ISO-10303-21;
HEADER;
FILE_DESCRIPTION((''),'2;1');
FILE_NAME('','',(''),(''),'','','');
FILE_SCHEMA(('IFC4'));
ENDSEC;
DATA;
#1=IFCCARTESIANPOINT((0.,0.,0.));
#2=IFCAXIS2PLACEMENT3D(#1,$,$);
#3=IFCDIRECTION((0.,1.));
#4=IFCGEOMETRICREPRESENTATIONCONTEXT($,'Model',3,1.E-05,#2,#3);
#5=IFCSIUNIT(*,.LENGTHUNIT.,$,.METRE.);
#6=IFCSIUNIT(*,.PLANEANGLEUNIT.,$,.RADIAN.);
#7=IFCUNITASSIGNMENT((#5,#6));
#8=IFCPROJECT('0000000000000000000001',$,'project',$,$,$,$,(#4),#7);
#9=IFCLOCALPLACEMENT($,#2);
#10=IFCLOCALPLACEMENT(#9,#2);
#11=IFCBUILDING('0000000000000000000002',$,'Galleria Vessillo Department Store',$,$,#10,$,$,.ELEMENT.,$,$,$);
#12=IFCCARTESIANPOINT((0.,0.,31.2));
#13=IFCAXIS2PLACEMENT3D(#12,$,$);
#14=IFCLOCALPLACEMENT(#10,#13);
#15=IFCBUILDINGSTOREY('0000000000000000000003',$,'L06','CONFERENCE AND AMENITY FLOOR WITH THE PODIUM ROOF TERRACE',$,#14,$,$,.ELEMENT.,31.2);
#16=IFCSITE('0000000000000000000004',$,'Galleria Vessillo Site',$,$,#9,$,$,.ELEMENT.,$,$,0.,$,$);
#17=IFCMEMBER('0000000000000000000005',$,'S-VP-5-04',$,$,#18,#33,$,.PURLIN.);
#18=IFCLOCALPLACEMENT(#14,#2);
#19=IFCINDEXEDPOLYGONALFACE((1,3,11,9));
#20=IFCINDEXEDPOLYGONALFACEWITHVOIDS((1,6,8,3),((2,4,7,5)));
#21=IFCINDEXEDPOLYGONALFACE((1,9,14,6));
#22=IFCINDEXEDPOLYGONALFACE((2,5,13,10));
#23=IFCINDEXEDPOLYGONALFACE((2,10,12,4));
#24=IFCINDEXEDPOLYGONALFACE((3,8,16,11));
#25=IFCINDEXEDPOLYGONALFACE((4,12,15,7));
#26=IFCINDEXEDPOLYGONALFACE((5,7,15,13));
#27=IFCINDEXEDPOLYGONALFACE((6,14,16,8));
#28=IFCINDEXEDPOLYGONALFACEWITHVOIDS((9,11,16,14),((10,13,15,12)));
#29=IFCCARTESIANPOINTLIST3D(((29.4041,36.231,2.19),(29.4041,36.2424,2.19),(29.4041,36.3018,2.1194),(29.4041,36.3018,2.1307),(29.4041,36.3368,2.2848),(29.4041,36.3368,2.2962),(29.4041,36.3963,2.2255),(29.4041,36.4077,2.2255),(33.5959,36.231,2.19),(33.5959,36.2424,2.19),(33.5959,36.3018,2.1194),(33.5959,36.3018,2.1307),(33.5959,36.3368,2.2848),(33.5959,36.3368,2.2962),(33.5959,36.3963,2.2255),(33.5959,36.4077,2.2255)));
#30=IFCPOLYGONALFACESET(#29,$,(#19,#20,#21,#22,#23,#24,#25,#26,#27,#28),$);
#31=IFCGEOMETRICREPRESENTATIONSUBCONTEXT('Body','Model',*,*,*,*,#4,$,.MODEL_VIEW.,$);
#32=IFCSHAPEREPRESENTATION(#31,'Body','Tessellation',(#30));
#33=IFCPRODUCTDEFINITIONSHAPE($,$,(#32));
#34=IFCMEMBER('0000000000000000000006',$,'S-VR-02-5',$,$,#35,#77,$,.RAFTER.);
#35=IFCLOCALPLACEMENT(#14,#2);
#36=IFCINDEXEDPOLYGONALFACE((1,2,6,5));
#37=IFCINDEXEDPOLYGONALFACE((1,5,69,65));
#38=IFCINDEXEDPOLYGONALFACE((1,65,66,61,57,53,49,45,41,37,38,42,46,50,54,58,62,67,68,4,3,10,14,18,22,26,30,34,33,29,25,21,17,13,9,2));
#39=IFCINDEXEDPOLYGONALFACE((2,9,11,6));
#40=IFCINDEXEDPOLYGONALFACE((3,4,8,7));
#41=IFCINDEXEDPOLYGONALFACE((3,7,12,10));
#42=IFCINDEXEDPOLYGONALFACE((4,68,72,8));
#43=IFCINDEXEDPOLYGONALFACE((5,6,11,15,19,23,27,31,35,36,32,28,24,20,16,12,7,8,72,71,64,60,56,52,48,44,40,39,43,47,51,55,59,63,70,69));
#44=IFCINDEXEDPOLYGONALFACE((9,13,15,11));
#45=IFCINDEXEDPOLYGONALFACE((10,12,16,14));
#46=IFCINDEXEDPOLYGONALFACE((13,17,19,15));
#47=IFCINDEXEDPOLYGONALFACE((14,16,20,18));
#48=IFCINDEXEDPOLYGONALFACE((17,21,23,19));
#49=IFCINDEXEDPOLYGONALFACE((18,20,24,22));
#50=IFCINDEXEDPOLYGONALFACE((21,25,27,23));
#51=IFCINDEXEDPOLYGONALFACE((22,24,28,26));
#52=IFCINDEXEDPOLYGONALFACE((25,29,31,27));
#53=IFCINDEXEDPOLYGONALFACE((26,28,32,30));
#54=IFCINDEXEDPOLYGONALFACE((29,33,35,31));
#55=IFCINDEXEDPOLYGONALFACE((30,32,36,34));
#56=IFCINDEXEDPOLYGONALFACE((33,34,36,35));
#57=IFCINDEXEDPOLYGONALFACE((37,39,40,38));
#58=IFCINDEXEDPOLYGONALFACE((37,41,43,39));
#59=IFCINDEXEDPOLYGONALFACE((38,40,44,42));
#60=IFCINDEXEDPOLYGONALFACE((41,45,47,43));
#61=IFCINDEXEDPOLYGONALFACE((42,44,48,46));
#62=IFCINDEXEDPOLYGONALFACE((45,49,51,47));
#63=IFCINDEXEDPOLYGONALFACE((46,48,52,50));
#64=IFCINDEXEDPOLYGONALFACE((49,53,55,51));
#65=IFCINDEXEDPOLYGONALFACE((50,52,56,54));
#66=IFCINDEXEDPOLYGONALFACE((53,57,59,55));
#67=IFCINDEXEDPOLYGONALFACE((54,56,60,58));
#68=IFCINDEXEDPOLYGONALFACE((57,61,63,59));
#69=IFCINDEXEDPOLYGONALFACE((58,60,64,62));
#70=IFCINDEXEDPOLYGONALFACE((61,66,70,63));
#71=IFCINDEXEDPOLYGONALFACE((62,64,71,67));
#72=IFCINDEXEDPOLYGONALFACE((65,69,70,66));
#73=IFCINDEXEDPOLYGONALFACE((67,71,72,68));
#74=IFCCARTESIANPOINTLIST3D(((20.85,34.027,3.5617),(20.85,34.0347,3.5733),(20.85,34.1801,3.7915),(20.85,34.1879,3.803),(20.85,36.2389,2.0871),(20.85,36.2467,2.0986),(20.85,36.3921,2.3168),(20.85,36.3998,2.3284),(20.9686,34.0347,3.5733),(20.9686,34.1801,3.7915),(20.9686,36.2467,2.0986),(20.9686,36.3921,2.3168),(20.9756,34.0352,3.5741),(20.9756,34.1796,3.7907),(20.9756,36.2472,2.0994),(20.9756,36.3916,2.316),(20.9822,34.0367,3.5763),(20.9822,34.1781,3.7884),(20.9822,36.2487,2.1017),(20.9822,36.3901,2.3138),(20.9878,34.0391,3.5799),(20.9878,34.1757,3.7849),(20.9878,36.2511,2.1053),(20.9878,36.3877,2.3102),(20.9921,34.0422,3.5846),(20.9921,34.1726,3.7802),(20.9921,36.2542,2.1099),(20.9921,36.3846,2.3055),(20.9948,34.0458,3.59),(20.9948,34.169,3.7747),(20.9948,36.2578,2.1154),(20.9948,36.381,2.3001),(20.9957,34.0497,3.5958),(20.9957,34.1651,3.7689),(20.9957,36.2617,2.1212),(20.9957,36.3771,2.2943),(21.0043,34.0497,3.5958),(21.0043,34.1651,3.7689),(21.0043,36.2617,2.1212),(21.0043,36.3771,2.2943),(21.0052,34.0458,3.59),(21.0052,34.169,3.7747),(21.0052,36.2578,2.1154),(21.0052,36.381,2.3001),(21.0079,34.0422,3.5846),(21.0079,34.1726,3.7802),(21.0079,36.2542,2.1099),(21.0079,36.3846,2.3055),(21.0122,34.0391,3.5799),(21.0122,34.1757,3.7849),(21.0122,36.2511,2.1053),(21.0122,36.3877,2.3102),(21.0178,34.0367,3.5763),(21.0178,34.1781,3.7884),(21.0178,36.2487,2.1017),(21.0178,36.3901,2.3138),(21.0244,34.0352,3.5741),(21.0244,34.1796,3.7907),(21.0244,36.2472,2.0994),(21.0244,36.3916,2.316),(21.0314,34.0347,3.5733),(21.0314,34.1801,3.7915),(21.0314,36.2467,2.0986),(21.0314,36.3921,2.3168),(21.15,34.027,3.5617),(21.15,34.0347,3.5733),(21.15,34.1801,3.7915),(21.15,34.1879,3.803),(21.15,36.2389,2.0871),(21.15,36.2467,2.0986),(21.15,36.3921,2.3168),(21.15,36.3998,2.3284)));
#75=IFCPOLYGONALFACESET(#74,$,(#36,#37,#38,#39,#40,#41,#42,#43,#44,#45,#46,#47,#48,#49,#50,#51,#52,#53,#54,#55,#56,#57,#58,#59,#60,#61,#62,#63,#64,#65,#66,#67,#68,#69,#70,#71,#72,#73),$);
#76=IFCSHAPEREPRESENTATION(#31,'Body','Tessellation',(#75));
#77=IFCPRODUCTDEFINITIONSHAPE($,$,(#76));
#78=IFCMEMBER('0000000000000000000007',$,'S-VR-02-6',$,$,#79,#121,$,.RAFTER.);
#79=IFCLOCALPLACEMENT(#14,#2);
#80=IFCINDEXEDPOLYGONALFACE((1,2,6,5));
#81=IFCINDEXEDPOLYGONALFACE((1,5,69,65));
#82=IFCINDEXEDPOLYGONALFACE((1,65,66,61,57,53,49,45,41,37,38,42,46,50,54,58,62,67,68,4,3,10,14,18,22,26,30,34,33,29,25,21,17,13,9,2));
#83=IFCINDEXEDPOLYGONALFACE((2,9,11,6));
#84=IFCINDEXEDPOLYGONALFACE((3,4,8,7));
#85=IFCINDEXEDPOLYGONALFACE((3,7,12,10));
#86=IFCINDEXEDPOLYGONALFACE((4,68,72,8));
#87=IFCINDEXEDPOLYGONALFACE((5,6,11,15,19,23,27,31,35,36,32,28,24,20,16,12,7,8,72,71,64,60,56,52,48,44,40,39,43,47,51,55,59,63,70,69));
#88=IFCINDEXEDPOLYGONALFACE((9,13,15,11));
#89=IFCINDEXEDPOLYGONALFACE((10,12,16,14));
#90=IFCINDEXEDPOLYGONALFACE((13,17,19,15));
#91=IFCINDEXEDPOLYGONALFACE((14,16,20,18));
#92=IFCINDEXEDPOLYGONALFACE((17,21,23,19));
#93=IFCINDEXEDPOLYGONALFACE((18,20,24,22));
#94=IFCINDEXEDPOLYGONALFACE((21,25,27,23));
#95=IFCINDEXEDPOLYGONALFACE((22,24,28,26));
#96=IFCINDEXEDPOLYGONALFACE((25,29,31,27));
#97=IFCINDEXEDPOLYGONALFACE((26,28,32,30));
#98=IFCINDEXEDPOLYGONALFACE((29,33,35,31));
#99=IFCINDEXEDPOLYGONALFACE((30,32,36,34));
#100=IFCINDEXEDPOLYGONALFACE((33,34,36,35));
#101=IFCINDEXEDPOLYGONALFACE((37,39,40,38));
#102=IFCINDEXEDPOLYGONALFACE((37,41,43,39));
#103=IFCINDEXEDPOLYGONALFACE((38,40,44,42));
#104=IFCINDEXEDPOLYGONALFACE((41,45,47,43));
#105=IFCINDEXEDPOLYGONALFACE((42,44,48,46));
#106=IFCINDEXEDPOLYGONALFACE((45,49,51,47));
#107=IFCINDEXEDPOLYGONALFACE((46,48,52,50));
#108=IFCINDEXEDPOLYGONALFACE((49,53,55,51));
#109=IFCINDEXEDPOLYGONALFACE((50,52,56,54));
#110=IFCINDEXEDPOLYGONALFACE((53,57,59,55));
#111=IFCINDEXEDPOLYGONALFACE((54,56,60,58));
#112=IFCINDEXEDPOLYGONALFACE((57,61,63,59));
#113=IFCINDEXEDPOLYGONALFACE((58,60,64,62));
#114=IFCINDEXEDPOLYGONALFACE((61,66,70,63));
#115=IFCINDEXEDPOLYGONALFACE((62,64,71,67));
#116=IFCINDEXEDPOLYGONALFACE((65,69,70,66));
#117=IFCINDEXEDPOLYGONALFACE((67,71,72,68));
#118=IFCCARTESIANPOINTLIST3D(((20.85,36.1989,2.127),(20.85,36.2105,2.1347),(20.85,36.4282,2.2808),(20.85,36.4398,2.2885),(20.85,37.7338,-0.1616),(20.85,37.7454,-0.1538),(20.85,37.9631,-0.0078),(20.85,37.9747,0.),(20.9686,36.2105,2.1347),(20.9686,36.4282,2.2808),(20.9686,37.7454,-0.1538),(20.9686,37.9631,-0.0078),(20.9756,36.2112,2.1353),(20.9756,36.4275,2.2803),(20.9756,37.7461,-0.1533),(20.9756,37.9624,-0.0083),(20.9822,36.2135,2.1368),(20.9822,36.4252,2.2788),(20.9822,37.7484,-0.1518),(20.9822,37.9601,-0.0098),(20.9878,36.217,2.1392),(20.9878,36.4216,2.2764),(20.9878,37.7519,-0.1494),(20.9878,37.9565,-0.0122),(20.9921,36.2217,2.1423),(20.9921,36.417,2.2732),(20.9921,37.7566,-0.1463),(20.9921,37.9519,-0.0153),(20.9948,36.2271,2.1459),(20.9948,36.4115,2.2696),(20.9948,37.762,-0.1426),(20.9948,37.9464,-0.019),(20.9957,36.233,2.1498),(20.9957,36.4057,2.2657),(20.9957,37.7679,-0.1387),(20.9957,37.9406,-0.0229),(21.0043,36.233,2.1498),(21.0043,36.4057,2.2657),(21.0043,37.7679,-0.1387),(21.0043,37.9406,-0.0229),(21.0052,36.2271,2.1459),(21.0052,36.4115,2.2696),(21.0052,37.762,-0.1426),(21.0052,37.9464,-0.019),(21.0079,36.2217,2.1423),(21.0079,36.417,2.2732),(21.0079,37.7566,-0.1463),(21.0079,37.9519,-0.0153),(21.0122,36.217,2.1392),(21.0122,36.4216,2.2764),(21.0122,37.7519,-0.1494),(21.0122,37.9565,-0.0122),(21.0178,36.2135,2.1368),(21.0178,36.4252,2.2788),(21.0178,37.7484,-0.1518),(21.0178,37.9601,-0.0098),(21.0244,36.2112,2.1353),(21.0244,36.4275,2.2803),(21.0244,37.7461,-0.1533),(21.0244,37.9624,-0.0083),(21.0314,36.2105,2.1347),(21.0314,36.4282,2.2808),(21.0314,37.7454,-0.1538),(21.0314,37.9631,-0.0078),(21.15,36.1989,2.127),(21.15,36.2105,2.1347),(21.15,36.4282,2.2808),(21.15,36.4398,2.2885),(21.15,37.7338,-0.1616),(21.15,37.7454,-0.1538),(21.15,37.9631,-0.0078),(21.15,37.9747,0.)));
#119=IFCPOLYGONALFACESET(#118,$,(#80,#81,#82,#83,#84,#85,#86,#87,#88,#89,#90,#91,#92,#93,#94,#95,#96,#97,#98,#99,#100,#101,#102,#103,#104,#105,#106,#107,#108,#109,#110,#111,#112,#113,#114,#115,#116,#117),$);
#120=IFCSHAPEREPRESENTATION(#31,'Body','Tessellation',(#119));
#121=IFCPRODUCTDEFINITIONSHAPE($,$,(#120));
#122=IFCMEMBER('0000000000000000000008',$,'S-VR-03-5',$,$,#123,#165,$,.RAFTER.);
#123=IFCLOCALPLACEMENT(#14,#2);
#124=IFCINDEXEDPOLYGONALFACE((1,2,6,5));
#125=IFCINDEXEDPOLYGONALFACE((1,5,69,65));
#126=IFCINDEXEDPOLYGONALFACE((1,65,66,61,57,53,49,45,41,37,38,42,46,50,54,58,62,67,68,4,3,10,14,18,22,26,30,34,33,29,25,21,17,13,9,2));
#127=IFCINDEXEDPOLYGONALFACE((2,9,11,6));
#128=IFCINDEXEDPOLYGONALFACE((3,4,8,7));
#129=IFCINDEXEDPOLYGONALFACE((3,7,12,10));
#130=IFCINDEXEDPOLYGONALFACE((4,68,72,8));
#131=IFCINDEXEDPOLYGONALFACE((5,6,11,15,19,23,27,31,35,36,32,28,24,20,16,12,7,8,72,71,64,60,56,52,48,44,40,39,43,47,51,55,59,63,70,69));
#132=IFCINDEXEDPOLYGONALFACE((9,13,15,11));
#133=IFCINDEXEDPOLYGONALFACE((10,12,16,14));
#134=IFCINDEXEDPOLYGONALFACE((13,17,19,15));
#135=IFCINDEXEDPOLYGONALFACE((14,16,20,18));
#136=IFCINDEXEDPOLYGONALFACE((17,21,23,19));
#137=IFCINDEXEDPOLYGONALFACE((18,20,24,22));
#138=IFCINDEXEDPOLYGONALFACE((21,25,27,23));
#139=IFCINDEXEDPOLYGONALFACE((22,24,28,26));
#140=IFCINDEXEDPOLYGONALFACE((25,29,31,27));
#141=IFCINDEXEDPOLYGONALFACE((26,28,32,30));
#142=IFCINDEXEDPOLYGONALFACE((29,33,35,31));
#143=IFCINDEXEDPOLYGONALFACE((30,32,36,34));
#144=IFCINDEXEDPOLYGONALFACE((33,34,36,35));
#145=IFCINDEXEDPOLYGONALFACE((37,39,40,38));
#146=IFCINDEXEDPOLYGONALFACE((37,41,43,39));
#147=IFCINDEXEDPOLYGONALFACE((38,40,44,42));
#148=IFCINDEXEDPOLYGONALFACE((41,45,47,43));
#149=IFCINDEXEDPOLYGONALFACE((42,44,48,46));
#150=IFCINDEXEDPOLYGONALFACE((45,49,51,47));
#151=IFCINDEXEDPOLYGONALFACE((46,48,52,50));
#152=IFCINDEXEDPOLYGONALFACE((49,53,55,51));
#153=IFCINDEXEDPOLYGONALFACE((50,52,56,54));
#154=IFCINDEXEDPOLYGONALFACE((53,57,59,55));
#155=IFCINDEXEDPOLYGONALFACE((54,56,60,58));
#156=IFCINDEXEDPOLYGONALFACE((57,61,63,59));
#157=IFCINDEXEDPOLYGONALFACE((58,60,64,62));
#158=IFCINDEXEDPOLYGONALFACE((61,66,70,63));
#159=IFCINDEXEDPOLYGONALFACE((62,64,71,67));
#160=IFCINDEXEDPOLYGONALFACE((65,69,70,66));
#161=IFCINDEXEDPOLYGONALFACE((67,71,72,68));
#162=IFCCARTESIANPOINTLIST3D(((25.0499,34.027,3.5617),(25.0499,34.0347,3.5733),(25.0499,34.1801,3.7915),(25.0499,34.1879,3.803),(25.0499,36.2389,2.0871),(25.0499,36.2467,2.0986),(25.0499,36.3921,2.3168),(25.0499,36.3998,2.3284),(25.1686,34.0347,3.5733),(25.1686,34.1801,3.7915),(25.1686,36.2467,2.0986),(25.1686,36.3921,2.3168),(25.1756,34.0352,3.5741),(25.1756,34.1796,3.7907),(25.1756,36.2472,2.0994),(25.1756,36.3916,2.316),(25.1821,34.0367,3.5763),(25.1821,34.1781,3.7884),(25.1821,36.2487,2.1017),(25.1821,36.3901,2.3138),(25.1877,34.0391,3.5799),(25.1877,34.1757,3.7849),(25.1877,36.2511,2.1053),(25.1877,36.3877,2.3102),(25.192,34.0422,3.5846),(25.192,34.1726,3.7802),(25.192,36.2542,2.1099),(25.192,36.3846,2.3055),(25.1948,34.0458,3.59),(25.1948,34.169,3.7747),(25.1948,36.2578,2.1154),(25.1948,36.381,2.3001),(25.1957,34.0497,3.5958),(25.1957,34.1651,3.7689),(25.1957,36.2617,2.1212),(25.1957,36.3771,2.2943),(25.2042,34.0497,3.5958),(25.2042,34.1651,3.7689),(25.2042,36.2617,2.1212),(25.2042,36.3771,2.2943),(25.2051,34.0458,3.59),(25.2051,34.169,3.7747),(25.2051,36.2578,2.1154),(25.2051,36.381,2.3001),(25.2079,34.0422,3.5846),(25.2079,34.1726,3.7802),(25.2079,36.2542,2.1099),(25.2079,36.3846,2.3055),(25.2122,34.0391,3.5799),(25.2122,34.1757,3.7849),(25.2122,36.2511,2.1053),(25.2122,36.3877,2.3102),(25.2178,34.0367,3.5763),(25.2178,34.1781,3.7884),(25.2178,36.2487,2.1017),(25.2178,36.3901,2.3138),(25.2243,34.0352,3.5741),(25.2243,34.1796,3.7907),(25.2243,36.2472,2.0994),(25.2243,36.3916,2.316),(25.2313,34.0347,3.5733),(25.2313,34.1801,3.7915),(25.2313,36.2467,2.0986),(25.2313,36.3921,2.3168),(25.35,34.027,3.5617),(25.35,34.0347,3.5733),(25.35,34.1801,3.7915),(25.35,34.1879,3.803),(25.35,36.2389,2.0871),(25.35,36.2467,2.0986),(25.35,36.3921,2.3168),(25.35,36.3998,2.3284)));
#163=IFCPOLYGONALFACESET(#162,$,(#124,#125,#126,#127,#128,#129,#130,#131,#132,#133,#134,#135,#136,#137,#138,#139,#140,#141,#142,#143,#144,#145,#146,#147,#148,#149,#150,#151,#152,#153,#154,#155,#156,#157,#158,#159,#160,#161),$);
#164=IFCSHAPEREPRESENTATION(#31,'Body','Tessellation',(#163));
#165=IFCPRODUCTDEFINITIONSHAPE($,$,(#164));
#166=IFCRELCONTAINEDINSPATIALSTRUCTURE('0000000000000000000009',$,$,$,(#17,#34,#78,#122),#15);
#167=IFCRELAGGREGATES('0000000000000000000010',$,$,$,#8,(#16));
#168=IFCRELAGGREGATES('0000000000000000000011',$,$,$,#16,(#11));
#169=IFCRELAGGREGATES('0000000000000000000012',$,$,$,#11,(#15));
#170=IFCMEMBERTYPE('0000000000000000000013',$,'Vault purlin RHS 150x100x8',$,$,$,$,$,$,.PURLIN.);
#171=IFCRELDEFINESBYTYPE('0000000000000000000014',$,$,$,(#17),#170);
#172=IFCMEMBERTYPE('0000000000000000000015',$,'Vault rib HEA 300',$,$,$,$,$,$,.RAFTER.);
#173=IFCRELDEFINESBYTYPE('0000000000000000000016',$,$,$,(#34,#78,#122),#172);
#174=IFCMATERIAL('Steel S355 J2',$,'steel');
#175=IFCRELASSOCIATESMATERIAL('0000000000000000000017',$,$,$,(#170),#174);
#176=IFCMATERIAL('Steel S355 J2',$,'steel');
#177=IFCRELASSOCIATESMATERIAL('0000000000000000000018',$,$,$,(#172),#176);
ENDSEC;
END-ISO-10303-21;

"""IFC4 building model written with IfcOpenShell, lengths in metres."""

from ifc_helpers import new_model, si_unit, direction, frame, origin, origin_2d, place, context, subcontext, project, spatial, hollow_rectangle, i_section, extrude, material, material_profile, profile_set, type_object, element, save


model = new_model("IFC4")

# Units and contexts
model_context = context("Model", 3, precision=1e-05, world=origin(), true_north=direction((0.0, 1.0)))
body_context = subcontext(model_context, "Body", "Model", "MODEL_VIEW")
ifc_project = project(units=[si_unit("LENGTHUNIT", "METRE"), si_unit("PLANEANGLEUNIT", "RADIAN")], contexts=[model_context])

# Site, building, storey
site_placement = place(None, origin())
site = spatial("IfcSite", under=ifc_project, at=site_placement, Name="Galleria Vessillo Site", CompositionType="ELEMENT", RefElevation=0.0)
building_placement = place(site_placement, origin())
building = spatial("IfcBuilding", under=site, at=building_placement, Name="Galleria Vessillo Department Store", CompositionType="ELEMENT")
storey_placement = place(building_placement, frame((0.0, 0.0, 31.2)))
storey = spatial("IfcBuildingStorey", under=building, at=storey_placement, Name="L06", Description="CONFERENCE AND AMENITY FLOOR WITH THE PODIUM ROOF TERRACE", CompositionType="ELEMENT", Elevation=31.2)

# Members
ifc_material_1 = material(Name="Steel S355 J2", Category="steel")
ifc_material_profile_1 = material_profile(ifc_material_1, hollow_rectangle(XDim=0.1001, YDim=0.1499, WallThickness=0.0081, at=origin_2d()), Name="RHS 150x100x8")
ifc_profile_set_1 = profile_set([ifc_material_profile_1], Name="Steel S355 J2")
member_type_1 = type_object("IfcMemberType", Name="Vault purlin RHS 150x100x8", PredefinedType="PURLIN", material=ifc_profile_set_1)
member_1_placement = place(storey_placement, frame((29.4041, 36.3193, 2.2078), z_axis=(1.0, 0.0, 0.0), x_axis=(0.0, 0.708077, -0.706135)))
element("IfcMember", 1, at=member_1_placement, inside=storey, type_object=member_type_1, Name="S-VP-5-04", PredefinedType="PURLIN", context=body_context, shape_type="SweptSolid", body=[
    extrude(hollow_rectangle(XDim=0.1001, YDim=0.1499, WallThickness=0.0081, at=origin_2d()), origin(), (0.0, 0.0, 1.0), 4.1919),
])
ifc_material_2 = material(Name="Steel S355 J2", Category="steel")
ifc_material_profile_2 = material_profile(ifc_material_2, i_section(OverallWidth=0.3, OverallDepth=0.29, WebThickness=0.0085, FlangeThickness=0.0139, FilletRadius=0.0271, at=origin_2d()), Name="HEA 300")
ifc_profile_set_2 = profile_set([ifc_material_profile_2], Name="Steel S355 J2")
member_type_2 = type_object("IfcMemberType", Name="Vault rib HEA 300", PredefinedType="RAFTER", material=ifc_profile_set_2)
member_2_placement = place(storey_placement, frame((21.0, 34.1074, 3.6824), z_axis=(0.0, 0.83205, -0.5547), x_axis=(-1.0, 0.0, 0.0)))
element("IfcMember", 2, at=member_2_placement, inside=storey, type_object=member_type_2, Name="S-VR-02-5", PredefinedType="RAFTER", context=body_context, shape_type="SweptSolid", body=[
    extrude(i_section(OverallWidth=0.3, OverallDepth=0.29, WebThickness=0.0085, FlangeThickness=0.0139, FilletRadius=0.0271, at=origin_2d()), origin(), (0.0, 0.0, 1.0), 2.6584),
])
member_3_placement = place(storey_placement, frame((21.0, 36.3193, 2.2078), z_axis=(0.0, 0.557008, -0.830507), x_axis=(-1.0, 0.0, 0.0)))
element("IfcMember", 3, at=member_3_placement, inside=storey, type_object=member_type_2, Name="S-VR-02-6", PredefinedType="RAFTER", context=body_context, shape_type="SweptSolid", body=[
    extrude(i_section(OverallWidth=0.3, OverallDepth=0.29, WebThickness=0.0085, FlangeThickness=0.0139, FilletRadius=0.0271, at=origin_2d()), origin(), (0.0, 0.0, 1.0), 2.7556),
])
member_4_placement = place(storey_placement, frame((25.2, 34.1074, 3.6824), z_axis=(0.0, 0.83205, -0.5547), x_axis=(-1.0, 0.0, 0.0)))
element("IfcMember", 4, at=member_4_placement, inside=storey, type_object=member_type_2, Name="S-VR-03-5", PredefinedType="RAFTER", context=body_context, shape_type="SweptSolid", body=[
    extrude(i_section(OverallWidth=0.3, OverallDepth=0.29, WebThickness=0.0085, FlangeThickness=0.0139, FilletRadius=0.0271, at=origin_2d()), origin(), (0.0, 0.0, 1.0), 2.6584),
])

save(model, "model.ifc")
